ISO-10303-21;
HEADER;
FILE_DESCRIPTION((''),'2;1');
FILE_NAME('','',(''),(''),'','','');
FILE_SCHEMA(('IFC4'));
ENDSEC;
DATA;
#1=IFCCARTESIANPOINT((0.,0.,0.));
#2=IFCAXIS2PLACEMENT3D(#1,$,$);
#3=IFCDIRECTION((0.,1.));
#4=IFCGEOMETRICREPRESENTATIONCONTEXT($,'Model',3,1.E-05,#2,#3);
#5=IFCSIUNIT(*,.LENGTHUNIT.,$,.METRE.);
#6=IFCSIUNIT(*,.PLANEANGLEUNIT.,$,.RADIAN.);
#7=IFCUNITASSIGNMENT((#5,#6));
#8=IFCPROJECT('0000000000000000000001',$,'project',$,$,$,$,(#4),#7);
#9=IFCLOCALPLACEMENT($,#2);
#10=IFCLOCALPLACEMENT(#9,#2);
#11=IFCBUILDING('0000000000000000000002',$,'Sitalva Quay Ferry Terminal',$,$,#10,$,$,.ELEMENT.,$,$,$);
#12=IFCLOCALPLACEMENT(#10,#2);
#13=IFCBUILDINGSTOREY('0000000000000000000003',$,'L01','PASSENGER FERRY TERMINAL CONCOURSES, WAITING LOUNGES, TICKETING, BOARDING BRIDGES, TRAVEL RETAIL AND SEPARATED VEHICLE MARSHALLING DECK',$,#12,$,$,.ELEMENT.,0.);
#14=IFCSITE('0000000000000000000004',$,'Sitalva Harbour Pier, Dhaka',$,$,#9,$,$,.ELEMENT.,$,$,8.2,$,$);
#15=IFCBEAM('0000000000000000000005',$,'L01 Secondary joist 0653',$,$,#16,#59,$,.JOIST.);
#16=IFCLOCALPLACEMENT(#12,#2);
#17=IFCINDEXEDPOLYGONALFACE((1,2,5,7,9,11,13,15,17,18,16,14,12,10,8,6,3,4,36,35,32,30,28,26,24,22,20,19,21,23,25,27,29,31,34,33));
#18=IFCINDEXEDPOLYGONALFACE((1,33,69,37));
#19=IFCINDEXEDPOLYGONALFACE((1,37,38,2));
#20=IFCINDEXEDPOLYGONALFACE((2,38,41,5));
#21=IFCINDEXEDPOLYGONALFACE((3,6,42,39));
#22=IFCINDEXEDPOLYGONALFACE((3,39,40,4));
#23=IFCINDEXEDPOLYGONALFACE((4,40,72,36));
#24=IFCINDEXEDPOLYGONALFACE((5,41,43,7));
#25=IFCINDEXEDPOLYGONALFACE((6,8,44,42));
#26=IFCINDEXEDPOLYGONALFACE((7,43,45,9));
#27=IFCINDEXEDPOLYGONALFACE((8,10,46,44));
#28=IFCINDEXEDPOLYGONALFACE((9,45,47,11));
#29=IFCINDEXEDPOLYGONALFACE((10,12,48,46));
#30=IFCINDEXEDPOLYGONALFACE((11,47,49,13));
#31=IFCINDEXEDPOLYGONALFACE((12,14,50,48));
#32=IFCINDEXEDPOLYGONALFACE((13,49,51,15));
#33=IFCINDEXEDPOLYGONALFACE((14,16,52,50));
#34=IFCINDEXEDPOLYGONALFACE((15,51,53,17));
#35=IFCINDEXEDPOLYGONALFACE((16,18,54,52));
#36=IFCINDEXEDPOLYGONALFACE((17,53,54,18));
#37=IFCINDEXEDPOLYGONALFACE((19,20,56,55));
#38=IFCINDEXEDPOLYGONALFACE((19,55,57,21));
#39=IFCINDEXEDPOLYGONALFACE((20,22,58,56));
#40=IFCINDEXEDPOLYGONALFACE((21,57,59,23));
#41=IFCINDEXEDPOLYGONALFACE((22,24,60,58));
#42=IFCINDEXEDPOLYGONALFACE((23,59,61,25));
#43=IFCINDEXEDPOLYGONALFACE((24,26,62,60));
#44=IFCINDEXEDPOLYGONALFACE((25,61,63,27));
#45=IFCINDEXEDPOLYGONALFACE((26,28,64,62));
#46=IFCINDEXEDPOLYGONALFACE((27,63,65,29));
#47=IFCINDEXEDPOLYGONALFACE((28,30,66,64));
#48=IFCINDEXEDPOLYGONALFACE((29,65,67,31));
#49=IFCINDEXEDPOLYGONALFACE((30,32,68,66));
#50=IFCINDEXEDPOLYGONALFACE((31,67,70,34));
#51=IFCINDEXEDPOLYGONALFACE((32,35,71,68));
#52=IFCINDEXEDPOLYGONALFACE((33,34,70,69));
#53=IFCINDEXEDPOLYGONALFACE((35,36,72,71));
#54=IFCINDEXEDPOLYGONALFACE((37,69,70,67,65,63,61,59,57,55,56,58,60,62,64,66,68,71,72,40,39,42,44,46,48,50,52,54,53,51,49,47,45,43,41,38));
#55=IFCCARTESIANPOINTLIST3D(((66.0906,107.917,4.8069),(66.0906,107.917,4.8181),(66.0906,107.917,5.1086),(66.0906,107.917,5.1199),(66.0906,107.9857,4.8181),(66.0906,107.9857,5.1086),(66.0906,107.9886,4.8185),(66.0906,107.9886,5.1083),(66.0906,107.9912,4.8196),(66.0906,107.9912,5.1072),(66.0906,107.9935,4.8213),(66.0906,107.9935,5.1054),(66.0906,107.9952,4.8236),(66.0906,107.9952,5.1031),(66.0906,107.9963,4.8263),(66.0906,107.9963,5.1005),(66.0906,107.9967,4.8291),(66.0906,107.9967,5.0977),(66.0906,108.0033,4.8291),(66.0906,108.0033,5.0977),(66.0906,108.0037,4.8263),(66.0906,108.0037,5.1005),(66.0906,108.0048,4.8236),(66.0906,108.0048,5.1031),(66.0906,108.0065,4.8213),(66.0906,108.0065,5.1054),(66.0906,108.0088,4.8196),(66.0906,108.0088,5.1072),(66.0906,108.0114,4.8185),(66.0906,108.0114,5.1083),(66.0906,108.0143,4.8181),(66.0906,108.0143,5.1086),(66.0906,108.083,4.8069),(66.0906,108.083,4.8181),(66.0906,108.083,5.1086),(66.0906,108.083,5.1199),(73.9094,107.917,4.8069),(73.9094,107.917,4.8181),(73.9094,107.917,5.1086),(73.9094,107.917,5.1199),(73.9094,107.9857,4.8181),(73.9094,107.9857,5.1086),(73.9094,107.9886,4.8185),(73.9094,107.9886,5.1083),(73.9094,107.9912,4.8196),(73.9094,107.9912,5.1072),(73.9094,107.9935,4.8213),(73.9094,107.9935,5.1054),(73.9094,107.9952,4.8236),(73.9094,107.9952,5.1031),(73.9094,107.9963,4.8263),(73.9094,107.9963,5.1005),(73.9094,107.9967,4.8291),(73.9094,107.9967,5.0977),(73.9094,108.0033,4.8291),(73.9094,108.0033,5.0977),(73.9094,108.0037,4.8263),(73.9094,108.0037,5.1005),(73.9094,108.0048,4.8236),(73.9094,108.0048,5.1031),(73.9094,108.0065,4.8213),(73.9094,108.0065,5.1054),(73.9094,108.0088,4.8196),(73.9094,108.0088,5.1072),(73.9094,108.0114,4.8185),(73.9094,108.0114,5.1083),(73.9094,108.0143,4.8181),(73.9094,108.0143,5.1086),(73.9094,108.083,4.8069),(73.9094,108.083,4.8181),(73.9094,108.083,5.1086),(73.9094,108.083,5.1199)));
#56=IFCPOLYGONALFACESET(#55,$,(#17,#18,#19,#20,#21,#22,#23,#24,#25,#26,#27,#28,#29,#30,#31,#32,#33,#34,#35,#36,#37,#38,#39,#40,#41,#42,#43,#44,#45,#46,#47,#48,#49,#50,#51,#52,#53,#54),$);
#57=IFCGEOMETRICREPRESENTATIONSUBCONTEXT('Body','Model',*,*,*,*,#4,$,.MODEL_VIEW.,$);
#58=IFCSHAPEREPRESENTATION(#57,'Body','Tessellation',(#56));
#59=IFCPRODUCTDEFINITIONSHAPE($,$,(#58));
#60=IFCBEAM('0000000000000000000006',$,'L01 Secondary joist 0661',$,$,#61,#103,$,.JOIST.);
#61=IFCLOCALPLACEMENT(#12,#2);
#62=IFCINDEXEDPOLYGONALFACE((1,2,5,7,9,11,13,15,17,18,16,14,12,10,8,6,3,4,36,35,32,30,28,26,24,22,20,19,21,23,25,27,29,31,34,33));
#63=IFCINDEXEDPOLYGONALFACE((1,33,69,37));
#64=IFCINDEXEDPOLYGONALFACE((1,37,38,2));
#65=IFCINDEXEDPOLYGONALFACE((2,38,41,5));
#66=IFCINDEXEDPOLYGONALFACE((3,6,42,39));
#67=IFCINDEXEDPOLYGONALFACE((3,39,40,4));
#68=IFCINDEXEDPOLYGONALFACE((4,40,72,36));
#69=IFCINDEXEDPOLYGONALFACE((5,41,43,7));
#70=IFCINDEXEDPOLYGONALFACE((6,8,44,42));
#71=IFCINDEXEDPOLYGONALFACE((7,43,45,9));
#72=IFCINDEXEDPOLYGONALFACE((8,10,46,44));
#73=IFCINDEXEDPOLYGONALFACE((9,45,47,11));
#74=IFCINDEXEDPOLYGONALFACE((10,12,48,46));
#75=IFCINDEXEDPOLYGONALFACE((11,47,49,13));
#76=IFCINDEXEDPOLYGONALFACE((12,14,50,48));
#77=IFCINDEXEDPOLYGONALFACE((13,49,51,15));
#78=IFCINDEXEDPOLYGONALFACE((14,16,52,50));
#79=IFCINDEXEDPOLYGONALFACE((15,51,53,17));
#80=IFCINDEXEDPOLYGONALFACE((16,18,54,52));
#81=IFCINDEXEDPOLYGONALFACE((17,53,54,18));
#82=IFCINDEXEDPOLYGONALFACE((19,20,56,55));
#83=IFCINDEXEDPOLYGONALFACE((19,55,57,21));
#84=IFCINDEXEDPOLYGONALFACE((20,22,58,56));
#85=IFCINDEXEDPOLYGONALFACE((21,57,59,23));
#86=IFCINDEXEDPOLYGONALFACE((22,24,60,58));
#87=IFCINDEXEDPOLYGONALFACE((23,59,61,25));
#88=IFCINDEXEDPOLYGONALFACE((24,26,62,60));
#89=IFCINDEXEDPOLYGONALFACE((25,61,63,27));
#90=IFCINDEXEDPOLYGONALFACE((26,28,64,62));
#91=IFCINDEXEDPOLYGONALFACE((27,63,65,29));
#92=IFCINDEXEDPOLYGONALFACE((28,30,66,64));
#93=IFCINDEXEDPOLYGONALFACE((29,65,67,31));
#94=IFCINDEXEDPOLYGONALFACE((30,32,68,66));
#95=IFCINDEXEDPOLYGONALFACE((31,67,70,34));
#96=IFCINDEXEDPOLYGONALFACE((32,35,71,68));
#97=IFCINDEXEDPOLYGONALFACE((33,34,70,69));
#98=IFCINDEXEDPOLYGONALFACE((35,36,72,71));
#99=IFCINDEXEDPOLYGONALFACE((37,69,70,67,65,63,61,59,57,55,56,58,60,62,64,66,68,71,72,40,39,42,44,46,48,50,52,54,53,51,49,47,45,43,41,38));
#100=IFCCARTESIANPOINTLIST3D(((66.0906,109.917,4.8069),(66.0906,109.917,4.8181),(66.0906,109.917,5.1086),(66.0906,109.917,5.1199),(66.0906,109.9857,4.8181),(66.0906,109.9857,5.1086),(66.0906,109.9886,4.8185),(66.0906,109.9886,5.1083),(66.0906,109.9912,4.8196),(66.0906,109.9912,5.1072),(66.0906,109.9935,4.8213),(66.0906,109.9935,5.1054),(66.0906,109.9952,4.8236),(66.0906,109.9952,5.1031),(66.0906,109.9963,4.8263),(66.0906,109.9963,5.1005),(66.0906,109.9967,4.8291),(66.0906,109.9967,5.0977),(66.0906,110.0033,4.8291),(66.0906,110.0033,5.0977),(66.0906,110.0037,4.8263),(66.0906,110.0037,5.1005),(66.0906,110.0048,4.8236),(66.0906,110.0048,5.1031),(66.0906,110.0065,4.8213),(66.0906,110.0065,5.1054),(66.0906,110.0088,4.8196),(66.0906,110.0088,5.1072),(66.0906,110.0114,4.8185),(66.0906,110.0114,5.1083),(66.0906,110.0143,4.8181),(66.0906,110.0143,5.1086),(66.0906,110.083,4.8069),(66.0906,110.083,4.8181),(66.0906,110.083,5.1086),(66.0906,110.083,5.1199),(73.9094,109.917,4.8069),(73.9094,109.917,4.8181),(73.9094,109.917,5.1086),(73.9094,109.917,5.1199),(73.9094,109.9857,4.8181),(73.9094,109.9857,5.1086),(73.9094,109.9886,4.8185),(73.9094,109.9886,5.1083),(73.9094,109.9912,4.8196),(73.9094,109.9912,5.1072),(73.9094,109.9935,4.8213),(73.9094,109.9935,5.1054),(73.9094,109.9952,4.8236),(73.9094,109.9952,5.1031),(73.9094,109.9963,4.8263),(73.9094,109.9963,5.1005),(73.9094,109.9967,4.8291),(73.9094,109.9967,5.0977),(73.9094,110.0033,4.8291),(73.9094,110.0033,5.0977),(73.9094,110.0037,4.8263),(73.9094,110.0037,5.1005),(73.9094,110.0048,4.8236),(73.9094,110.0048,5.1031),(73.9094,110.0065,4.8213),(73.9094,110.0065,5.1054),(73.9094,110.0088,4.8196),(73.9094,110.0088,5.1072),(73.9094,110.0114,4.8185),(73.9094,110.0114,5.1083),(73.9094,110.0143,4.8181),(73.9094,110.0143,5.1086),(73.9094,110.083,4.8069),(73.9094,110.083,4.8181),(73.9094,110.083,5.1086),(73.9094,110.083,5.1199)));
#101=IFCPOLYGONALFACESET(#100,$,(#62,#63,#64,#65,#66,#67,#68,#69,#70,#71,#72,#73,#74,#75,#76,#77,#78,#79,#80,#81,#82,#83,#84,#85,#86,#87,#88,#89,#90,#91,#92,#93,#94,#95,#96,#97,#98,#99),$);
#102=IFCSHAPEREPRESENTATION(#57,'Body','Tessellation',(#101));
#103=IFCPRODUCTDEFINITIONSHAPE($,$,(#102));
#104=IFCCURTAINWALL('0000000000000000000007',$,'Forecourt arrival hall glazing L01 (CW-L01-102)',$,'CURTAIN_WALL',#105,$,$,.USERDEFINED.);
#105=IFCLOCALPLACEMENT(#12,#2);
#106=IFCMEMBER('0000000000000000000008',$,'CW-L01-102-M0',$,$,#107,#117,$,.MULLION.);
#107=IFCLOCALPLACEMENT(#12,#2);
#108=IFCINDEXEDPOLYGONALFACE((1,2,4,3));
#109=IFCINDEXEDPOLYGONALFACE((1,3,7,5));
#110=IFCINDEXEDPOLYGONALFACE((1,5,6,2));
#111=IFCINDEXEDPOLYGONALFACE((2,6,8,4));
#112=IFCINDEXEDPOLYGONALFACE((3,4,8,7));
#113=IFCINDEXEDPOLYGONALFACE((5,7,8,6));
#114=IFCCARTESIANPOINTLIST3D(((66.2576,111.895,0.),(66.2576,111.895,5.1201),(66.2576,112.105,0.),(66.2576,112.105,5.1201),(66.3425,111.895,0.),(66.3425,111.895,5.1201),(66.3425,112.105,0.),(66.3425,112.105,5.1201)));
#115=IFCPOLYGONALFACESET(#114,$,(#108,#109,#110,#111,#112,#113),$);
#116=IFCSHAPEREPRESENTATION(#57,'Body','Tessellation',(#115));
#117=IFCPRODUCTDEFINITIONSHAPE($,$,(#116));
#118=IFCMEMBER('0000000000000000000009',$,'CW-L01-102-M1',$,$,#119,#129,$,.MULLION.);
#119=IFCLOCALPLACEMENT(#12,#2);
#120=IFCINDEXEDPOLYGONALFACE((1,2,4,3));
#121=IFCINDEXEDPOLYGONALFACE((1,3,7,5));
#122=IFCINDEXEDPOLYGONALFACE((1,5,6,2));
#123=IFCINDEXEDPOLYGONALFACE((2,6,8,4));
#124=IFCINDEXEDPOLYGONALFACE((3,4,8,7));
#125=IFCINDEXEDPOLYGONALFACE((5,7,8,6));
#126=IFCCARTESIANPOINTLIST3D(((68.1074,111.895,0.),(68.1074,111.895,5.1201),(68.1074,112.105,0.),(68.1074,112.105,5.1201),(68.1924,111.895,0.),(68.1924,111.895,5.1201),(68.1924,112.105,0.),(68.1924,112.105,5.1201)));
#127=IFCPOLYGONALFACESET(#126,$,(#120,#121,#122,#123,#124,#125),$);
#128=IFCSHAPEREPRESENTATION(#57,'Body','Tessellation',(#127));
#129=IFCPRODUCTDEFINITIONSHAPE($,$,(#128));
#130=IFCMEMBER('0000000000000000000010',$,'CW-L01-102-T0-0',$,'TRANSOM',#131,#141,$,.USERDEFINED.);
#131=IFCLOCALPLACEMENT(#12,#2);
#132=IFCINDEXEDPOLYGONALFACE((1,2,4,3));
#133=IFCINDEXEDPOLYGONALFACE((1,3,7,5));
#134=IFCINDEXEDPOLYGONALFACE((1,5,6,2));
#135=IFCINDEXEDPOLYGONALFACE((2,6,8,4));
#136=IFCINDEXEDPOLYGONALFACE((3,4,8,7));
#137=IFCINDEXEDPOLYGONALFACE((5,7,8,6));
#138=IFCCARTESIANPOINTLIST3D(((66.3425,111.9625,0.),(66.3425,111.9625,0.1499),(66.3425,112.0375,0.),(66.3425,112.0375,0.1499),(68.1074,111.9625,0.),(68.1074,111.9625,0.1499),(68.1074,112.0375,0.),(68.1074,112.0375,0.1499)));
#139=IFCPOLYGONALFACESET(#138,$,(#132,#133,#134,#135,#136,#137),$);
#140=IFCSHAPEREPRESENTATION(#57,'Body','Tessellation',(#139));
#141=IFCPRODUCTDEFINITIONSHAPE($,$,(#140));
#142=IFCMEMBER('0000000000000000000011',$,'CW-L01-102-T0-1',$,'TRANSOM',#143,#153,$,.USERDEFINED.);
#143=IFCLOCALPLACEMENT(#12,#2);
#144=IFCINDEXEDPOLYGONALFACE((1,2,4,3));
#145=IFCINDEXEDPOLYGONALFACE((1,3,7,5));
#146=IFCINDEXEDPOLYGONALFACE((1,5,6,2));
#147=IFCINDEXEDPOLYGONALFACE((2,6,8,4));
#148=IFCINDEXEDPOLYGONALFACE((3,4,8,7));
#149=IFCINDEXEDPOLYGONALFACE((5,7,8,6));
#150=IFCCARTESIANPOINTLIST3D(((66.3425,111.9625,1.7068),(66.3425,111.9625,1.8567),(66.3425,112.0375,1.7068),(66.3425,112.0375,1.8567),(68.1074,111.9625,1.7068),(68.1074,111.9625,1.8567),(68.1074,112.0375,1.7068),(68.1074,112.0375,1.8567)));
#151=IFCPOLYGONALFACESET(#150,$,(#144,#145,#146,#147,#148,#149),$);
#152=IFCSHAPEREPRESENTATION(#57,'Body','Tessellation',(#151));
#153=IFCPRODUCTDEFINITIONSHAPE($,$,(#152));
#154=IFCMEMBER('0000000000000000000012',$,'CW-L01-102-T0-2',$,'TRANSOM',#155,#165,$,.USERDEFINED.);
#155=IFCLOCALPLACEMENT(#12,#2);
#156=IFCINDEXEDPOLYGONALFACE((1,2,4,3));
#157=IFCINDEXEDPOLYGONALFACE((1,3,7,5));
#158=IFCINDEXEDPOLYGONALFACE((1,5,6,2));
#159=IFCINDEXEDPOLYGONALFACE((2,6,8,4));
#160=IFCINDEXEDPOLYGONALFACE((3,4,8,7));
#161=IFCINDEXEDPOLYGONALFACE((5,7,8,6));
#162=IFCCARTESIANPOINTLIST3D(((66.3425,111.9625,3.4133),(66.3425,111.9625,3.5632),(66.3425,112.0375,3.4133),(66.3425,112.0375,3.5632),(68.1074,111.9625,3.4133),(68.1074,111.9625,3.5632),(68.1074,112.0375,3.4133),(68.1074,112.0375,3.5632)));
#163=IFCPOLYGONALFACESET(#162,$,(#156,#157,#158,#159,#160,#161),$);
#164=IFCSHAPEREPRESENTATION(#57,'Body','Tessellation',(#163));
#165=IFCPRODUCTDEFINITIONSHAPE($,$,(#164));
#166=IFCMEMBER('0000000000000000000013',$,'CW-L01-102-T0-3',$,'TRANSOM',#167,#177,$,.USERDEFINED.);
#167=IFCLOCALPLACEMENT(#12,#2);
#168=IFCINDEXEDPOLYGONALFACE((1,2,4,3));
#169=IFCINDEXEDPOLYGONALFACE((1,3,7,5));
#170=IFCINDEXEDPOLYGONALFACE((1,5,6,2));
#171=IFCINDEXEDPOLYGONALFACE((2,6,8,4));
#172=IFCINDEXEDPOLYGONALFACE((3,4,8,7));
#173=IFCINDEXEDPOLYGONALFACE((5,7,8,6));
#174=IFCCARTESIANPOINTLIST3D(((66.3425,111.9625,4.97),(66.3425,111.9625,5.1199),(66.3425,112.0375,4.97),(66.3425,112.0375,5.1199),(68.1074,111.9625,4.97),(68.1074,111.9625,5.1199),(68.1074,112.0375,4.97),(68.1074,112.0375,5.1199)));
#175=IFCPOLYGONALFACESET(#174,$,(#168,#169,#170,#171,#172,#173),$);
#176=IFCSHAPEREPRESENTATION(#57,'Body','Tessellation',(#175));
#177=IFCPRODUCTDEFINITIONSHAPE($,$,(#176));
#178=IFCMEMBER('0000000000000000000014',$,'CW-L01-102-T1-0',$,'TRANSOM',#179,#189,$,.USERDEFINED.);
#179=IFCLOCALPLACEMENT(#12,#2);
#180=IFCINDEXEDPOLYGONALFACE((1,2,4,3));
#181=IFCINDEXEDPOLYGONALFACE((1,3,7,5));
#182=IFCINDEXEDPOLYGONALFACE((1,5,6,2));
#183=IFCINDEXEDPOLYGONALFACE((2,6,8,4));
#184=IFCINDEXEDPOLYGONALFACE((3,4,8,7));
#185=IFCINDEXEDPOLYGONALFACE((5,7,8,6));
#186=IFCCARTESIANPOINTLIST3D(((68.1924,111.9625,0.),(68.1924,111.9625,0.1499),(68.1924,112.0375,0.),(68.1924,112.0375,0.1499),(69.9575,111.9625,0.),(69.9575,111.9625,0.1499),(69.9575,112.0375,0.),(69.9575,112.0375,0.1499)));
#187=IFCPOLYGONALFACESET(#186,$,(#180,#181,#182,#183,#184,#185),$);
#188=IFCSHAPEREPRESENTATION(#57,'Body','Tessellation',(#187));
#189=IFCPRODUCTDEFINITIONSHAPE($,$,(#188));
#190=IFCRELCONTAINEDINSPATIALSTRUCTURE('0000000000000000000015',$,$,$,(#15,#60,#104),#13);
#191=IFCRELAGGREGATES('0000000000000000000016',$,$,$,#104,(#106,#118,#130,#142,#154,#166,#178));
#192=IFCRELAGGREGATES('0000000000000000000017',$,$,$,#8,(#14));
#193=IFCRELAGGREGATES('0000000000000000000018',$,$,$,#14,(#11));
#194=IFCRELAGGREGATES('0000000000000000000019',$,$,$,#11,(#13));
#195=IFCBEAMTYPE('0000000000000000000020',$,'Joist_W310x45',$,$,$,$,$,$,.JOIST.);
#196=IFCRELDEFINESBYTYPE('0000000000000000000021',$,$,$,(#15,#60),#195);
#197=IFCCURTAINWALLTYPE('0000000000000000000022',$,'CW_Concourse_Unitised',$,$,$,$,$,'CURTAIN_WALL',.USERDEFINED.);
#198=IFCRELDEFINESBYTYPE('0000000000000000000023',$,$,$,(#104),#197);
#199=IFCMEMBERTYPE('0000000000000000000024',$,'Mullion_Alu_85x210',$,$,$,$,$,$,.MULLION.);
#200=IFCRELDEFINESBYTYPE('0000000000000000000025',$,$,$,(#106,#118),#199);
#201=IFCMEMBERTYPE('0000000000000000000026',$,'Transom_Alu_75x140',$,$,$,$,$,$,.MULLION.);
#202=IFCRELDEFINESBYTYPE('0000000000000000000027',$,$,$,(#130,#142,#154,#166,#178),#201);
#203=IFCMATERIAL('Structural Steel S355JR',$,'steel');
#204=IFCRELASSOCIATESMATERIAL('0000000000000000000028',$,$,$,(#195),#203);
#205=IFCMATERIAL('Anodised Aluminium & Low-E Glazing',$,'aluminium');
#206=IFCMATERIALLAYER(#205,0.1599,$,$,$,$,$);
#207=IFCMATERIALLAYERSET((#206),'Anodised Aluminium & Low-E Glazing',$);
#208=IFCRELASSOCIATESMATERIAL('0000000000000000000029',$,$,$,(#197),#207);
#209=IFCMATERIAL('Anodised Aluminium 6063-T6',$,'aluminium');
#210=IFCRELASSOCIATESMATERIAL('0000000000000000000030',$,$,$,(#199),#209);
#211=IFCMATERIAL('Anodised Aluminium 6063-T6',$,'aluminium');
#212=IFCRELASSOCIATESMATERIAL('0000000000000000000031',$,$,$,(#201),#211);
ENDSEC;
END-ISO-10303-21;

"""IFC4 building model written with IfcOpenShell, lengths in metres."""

from ifc_helpers import new_model, si_unit, direction, frame, origin, origin_2d, place, context, subcontext, project, spatial, rectangle, i_section, extrude, material, layer, layer_set, material_profile, profile_set, type_object, element, aggregate, save


model = new_model("IFC4")

# Units and contexts
model_context = context("Model", 3, precision=1e-05, world=origin(), true_north=direction((0.0, 1.0)))
body_context = subcontext(model_context, "Body", "Model", "MODEL_VIEW")
ifc_project = project(units=[si_unit("LENGTHUNIT", "METRE"), si_unit("PLANEANGLEUNIT", "RADIAN")], contexts=[model_context])

# Site, building, storey
site_placement = place(None, origin())
site = spatial("IfcSite", under=ifc_project, at=site_placement, Name="Sitalva Harbour Pier, Dhaka", CompositionType="ELEMENT", RefElevation=8.2)
building_placement = place(site_placement, origin())
building = spatial("IfcBuilding", under=site, at=building_placement, Name="Sitalva Quay Ferry Terminal", CompositionType="ELEMENT")
storey_placement = place(building_placement, origin())
storey = spatial("IfcBuildingStorey", under=building, at=storey_placement, Name="L01", Description="PASSENGER FERRY TERMINAL CONCOURSES, WAITING LOUNGES, TICKETING, BOARDING BRIDGES, TRAVEL RETAIL AND SEPARATED VEHICLE MARSHALLING DECK", CompositionType="ELEMENT", Elevation=0.0)

# Beams
ifc_material_1 = material(Name="Structural Steel S355JR", Category="steel")
ifc_material_profile_1 = material_profile(ifc_material_1, i_section(OverallWidth=0.166, OverallDepth=0.313, WebThickness=0.0066, FlangeThickness=0.0112, FilletRadius=0.011, at=origin_2d()), Name="W310x45")
ifc_profile_set_1 = profile_set([ifc_material_profile_1], Name="Structural Steel S355JR")
beam_type_1 = type_object("IfcBeamType", Name="Joist_W310x45", PredefinedType="JOIST", material=ifc_profile_set_1)
for number, where, z_axis, x_axis, name in (
    (1, (66.0906, 108.0, 4.9634), (1.0, 0.0, 0.0), (0.0, 1.0, 0.0), "L01 Secondary joist 0653"),
    (2, (66.0906, 110.0, 4.9634), (1.0, 0.0, 0.0), (0.0, 1.0, 0.0), "L01 Secondary joist 0661"),
):
    element("IfcBeam", number, at=place(storey_placement, frame(where, z_axis=z_axis, x_axis=x_axis)), inside=storey, type_object=beam_type_1, Name=name, PredefinedType="JOIST", context=body_context, shape_type="SweptSolid", body=[
        extrude(i_section(OverallWidth=0.166, OverallDepth=0.313, WebThickness=0.0066, FlangeThickness=0.0112, FilletRadius=0.011, at=origin_2d()), origin(), (0.0, 0.0, 1.0), 7.8188),
    ])

# Curtain wall, members
ifc_material_2 = material(Name="Anodised Aluminium & Low-E Glazing", Category="aluminium")
ifc_layer_1 = layer(ifc_material_2, 0.1599)
ifc_layer_set_1 = layer_set([ifc_layer_1], Name="Anodised Aluminium & Low-E Glazing")
curtain_wall_type = type_object("IfcCurtainWallType", Name="CW_Concourse_Unitised", ElementType="CURTAIN_WALL", PredefinedType="USERDEFINED", material=ifc_layer_set_1)
curtain_wall_placement = place(storey_placement, origin())
curtain_wall = element("IfcCurtainWall", 3, at=curtain_wall_placement, inside=storey, type_object=curtain_wall_type, Name="Forecourt arrival hall glazing L01 (CW-L01-102)", ObjectType="CURTAIN_WALL", PredefinedType="USERDEFINED")
ifc_material_3 = material(Name="Anodised Aluminium 6063-T6", Category="aluminium")
ifc_material_profile_2 = material_profile(ifc_material_3, rectangle(XDim=0.085, YDim=0.21, at=origin_2d()), Name="ALU85x210")
ifc_profile_set_2 = profile_set([ifc_material_profile_2], Name="Anodised Aluminium 6063-T6")
member_type_1 = type_object("IfcMemberType", Name="Mullion_Alu_85x210", PredefinedType="MULLION", material=ifc_profile_set_2)
member_1_placement = place(storey_placement, frame((66.3, 112.0, 0.0), z_axis=(0.0, 0.0, 1.0), x_axis=(1.0, 0.0, 0.0)))
member_1 = element("IfcMember", 4, at=member_1_placement, type_object=member_type_1, Name="CW-L01-102-M0", PredefinedType="MULLION", context=body_context, shape_type="SweptSolid", body=[
    extrude(rectangle(XDim=0.085, YDim=0.21, at=origin_2d()), origin(), (0.0, 0.0, 1.0), 5.1201),
])
member_2_placement = place(storey_placement, frame((68.1499, 112.0, 0.0), z_axis=(0.0, 0.0, 1.0), x_axis=(1.0, 0.0, 0.0)))
member_2 = element("IfcMember", 5, at=member_2_placement, type_object=member_type_1, Name="CW-L01-102-M1", PredefinedType="MULLION", context=body_context, shape_type="SweptSolid", body=[
    extrude(rectangle(XDim=0.085, YDim=0.21, at=origin_2d()), origin(), (0.0, 0.0, 1.0), 5.1201),
])
ifc_material_4 = material(Name="Anodised Aluminium 6063-T6", Category="aluminium")
ifc_material_profile_3 = material_profile(ifc_material_4, rectangle(XDim=0.075, YDim=0.1499, at=origin_2d()), Name="ALU75x150")
ifc_profile_set_3 = profile_set([ifc_material_profile_3], Name="Anodised Aluminium 6063-T6")
member_type_2 = type_object("IfcMemberType", Name="Transom_Alu_75x140", PredefinedType="MULLION", material=ifc_profile_set_3)
member_3_placement = place(storey_placement, frame((66.3425, 112.0, 0.075), z_axis=(1.0, 0.0, 0.0), x_axis=(0.0, 1.0, 0.0)))
member_3 = element("IfcMember", 6, at=member_3_placement, type_object=member_type_2, Name="CW-L01-102-T0-0", ObjectType="TRANSOM", PredefinedType="USERDEFINED", context=body_context, shape_type="SweptSolid", body=[
    extrude(rectangle(XDim=0.075, YDim=0.1499, at=origin_2d()), origin(), (0.0, 0.0, 1.0), 1.7649),
])
member_4_placement = place(storey_placement, frame((66.3425, 112.0, 1.7817), z_axis=(1.0, 0.0, 0.0), x_axis=(0.0, 1.0, 0.0)))
member_4 = element("IfcMember", 7, at=member_4_placement, type_object=member_type_2, Name="CW-L01-102-T0-1", ObjectType="TRANSOM", PredefinedType="USERDEFINED", context=body_context, shape_type="SweptSolid", body=[
    extrude(rectangle(XDim=0.075, YDim=0.1499, at=origin_2d()), origin(), (0.0, 0.0, 1.0), 1.7649),
])
member_5_placement = place(storey_placement, frame((66.3425, 112.0, 3.4883), z_axis=(1.0, 0.0, 0.0), x_axis=(0.0, 1.0, 0.0)))
member_5 = element("IfcMember", 8, at=member_5_placement, type_object=member_type_2, Name="CW-L01-102-T0-2", ObjectType="TRANSOM", PredefinedType="USERDEFINED", context=body_context, shape_type="SweptSolid", body=[
    extrude(rectangle(XDim=0.075, YDim=0.1499, at=origin_2d()), origin(), (0.0, 0.0, 1.0), 1.7649),
])
member_6_placement = place(storey_placement, frame((66.3425, 112.0, 5.0449), z_axis=(1.0, 0.0, 0.0), x_axis=(0.0, 1.0, 0.0)))
member_6 = element("IfcMember", 9, at=member_6_placement, type_object=member_type_2, Name="CW-L01-102-T0-3", ObjectType="TRANSOM", PredefinedType="USERDEFINED", context=body_context, shape_type="SweptSolid", body=[
    extrude(rectangle(XDim=0.075, YDim=0.1499, at=origin_2d()), origin(), (0.0, 0.0, 1.0), 1.7649),
])
member_7_placement = place(storey_placement, frame((68.1924, 112.0, 0.075), z_axis=(1.0, 0.0, 0.0), x_axis=(0.0, 1.0, 0.0)))
member_7 = element("IfcMember", 10, at=member_7_placement, type_object=member_type_2, Name="CW-L01-102-T1-0", ObjectType="TRANSOM", PredefinedType="USERDEFINED", context=body_context, shape_type="SweptSolid", body=[
    extrude(rectangle(XDim=0.075, YDim=0.1499, at=origin_2d()), origin(), (0.0, 0.0, 1.0), 1.7651),
])
aggregate(curtain_wall, [member_1, member_2, member_3, member_4, member_5, member_6, member_7])

save(model, "model.ifc")
